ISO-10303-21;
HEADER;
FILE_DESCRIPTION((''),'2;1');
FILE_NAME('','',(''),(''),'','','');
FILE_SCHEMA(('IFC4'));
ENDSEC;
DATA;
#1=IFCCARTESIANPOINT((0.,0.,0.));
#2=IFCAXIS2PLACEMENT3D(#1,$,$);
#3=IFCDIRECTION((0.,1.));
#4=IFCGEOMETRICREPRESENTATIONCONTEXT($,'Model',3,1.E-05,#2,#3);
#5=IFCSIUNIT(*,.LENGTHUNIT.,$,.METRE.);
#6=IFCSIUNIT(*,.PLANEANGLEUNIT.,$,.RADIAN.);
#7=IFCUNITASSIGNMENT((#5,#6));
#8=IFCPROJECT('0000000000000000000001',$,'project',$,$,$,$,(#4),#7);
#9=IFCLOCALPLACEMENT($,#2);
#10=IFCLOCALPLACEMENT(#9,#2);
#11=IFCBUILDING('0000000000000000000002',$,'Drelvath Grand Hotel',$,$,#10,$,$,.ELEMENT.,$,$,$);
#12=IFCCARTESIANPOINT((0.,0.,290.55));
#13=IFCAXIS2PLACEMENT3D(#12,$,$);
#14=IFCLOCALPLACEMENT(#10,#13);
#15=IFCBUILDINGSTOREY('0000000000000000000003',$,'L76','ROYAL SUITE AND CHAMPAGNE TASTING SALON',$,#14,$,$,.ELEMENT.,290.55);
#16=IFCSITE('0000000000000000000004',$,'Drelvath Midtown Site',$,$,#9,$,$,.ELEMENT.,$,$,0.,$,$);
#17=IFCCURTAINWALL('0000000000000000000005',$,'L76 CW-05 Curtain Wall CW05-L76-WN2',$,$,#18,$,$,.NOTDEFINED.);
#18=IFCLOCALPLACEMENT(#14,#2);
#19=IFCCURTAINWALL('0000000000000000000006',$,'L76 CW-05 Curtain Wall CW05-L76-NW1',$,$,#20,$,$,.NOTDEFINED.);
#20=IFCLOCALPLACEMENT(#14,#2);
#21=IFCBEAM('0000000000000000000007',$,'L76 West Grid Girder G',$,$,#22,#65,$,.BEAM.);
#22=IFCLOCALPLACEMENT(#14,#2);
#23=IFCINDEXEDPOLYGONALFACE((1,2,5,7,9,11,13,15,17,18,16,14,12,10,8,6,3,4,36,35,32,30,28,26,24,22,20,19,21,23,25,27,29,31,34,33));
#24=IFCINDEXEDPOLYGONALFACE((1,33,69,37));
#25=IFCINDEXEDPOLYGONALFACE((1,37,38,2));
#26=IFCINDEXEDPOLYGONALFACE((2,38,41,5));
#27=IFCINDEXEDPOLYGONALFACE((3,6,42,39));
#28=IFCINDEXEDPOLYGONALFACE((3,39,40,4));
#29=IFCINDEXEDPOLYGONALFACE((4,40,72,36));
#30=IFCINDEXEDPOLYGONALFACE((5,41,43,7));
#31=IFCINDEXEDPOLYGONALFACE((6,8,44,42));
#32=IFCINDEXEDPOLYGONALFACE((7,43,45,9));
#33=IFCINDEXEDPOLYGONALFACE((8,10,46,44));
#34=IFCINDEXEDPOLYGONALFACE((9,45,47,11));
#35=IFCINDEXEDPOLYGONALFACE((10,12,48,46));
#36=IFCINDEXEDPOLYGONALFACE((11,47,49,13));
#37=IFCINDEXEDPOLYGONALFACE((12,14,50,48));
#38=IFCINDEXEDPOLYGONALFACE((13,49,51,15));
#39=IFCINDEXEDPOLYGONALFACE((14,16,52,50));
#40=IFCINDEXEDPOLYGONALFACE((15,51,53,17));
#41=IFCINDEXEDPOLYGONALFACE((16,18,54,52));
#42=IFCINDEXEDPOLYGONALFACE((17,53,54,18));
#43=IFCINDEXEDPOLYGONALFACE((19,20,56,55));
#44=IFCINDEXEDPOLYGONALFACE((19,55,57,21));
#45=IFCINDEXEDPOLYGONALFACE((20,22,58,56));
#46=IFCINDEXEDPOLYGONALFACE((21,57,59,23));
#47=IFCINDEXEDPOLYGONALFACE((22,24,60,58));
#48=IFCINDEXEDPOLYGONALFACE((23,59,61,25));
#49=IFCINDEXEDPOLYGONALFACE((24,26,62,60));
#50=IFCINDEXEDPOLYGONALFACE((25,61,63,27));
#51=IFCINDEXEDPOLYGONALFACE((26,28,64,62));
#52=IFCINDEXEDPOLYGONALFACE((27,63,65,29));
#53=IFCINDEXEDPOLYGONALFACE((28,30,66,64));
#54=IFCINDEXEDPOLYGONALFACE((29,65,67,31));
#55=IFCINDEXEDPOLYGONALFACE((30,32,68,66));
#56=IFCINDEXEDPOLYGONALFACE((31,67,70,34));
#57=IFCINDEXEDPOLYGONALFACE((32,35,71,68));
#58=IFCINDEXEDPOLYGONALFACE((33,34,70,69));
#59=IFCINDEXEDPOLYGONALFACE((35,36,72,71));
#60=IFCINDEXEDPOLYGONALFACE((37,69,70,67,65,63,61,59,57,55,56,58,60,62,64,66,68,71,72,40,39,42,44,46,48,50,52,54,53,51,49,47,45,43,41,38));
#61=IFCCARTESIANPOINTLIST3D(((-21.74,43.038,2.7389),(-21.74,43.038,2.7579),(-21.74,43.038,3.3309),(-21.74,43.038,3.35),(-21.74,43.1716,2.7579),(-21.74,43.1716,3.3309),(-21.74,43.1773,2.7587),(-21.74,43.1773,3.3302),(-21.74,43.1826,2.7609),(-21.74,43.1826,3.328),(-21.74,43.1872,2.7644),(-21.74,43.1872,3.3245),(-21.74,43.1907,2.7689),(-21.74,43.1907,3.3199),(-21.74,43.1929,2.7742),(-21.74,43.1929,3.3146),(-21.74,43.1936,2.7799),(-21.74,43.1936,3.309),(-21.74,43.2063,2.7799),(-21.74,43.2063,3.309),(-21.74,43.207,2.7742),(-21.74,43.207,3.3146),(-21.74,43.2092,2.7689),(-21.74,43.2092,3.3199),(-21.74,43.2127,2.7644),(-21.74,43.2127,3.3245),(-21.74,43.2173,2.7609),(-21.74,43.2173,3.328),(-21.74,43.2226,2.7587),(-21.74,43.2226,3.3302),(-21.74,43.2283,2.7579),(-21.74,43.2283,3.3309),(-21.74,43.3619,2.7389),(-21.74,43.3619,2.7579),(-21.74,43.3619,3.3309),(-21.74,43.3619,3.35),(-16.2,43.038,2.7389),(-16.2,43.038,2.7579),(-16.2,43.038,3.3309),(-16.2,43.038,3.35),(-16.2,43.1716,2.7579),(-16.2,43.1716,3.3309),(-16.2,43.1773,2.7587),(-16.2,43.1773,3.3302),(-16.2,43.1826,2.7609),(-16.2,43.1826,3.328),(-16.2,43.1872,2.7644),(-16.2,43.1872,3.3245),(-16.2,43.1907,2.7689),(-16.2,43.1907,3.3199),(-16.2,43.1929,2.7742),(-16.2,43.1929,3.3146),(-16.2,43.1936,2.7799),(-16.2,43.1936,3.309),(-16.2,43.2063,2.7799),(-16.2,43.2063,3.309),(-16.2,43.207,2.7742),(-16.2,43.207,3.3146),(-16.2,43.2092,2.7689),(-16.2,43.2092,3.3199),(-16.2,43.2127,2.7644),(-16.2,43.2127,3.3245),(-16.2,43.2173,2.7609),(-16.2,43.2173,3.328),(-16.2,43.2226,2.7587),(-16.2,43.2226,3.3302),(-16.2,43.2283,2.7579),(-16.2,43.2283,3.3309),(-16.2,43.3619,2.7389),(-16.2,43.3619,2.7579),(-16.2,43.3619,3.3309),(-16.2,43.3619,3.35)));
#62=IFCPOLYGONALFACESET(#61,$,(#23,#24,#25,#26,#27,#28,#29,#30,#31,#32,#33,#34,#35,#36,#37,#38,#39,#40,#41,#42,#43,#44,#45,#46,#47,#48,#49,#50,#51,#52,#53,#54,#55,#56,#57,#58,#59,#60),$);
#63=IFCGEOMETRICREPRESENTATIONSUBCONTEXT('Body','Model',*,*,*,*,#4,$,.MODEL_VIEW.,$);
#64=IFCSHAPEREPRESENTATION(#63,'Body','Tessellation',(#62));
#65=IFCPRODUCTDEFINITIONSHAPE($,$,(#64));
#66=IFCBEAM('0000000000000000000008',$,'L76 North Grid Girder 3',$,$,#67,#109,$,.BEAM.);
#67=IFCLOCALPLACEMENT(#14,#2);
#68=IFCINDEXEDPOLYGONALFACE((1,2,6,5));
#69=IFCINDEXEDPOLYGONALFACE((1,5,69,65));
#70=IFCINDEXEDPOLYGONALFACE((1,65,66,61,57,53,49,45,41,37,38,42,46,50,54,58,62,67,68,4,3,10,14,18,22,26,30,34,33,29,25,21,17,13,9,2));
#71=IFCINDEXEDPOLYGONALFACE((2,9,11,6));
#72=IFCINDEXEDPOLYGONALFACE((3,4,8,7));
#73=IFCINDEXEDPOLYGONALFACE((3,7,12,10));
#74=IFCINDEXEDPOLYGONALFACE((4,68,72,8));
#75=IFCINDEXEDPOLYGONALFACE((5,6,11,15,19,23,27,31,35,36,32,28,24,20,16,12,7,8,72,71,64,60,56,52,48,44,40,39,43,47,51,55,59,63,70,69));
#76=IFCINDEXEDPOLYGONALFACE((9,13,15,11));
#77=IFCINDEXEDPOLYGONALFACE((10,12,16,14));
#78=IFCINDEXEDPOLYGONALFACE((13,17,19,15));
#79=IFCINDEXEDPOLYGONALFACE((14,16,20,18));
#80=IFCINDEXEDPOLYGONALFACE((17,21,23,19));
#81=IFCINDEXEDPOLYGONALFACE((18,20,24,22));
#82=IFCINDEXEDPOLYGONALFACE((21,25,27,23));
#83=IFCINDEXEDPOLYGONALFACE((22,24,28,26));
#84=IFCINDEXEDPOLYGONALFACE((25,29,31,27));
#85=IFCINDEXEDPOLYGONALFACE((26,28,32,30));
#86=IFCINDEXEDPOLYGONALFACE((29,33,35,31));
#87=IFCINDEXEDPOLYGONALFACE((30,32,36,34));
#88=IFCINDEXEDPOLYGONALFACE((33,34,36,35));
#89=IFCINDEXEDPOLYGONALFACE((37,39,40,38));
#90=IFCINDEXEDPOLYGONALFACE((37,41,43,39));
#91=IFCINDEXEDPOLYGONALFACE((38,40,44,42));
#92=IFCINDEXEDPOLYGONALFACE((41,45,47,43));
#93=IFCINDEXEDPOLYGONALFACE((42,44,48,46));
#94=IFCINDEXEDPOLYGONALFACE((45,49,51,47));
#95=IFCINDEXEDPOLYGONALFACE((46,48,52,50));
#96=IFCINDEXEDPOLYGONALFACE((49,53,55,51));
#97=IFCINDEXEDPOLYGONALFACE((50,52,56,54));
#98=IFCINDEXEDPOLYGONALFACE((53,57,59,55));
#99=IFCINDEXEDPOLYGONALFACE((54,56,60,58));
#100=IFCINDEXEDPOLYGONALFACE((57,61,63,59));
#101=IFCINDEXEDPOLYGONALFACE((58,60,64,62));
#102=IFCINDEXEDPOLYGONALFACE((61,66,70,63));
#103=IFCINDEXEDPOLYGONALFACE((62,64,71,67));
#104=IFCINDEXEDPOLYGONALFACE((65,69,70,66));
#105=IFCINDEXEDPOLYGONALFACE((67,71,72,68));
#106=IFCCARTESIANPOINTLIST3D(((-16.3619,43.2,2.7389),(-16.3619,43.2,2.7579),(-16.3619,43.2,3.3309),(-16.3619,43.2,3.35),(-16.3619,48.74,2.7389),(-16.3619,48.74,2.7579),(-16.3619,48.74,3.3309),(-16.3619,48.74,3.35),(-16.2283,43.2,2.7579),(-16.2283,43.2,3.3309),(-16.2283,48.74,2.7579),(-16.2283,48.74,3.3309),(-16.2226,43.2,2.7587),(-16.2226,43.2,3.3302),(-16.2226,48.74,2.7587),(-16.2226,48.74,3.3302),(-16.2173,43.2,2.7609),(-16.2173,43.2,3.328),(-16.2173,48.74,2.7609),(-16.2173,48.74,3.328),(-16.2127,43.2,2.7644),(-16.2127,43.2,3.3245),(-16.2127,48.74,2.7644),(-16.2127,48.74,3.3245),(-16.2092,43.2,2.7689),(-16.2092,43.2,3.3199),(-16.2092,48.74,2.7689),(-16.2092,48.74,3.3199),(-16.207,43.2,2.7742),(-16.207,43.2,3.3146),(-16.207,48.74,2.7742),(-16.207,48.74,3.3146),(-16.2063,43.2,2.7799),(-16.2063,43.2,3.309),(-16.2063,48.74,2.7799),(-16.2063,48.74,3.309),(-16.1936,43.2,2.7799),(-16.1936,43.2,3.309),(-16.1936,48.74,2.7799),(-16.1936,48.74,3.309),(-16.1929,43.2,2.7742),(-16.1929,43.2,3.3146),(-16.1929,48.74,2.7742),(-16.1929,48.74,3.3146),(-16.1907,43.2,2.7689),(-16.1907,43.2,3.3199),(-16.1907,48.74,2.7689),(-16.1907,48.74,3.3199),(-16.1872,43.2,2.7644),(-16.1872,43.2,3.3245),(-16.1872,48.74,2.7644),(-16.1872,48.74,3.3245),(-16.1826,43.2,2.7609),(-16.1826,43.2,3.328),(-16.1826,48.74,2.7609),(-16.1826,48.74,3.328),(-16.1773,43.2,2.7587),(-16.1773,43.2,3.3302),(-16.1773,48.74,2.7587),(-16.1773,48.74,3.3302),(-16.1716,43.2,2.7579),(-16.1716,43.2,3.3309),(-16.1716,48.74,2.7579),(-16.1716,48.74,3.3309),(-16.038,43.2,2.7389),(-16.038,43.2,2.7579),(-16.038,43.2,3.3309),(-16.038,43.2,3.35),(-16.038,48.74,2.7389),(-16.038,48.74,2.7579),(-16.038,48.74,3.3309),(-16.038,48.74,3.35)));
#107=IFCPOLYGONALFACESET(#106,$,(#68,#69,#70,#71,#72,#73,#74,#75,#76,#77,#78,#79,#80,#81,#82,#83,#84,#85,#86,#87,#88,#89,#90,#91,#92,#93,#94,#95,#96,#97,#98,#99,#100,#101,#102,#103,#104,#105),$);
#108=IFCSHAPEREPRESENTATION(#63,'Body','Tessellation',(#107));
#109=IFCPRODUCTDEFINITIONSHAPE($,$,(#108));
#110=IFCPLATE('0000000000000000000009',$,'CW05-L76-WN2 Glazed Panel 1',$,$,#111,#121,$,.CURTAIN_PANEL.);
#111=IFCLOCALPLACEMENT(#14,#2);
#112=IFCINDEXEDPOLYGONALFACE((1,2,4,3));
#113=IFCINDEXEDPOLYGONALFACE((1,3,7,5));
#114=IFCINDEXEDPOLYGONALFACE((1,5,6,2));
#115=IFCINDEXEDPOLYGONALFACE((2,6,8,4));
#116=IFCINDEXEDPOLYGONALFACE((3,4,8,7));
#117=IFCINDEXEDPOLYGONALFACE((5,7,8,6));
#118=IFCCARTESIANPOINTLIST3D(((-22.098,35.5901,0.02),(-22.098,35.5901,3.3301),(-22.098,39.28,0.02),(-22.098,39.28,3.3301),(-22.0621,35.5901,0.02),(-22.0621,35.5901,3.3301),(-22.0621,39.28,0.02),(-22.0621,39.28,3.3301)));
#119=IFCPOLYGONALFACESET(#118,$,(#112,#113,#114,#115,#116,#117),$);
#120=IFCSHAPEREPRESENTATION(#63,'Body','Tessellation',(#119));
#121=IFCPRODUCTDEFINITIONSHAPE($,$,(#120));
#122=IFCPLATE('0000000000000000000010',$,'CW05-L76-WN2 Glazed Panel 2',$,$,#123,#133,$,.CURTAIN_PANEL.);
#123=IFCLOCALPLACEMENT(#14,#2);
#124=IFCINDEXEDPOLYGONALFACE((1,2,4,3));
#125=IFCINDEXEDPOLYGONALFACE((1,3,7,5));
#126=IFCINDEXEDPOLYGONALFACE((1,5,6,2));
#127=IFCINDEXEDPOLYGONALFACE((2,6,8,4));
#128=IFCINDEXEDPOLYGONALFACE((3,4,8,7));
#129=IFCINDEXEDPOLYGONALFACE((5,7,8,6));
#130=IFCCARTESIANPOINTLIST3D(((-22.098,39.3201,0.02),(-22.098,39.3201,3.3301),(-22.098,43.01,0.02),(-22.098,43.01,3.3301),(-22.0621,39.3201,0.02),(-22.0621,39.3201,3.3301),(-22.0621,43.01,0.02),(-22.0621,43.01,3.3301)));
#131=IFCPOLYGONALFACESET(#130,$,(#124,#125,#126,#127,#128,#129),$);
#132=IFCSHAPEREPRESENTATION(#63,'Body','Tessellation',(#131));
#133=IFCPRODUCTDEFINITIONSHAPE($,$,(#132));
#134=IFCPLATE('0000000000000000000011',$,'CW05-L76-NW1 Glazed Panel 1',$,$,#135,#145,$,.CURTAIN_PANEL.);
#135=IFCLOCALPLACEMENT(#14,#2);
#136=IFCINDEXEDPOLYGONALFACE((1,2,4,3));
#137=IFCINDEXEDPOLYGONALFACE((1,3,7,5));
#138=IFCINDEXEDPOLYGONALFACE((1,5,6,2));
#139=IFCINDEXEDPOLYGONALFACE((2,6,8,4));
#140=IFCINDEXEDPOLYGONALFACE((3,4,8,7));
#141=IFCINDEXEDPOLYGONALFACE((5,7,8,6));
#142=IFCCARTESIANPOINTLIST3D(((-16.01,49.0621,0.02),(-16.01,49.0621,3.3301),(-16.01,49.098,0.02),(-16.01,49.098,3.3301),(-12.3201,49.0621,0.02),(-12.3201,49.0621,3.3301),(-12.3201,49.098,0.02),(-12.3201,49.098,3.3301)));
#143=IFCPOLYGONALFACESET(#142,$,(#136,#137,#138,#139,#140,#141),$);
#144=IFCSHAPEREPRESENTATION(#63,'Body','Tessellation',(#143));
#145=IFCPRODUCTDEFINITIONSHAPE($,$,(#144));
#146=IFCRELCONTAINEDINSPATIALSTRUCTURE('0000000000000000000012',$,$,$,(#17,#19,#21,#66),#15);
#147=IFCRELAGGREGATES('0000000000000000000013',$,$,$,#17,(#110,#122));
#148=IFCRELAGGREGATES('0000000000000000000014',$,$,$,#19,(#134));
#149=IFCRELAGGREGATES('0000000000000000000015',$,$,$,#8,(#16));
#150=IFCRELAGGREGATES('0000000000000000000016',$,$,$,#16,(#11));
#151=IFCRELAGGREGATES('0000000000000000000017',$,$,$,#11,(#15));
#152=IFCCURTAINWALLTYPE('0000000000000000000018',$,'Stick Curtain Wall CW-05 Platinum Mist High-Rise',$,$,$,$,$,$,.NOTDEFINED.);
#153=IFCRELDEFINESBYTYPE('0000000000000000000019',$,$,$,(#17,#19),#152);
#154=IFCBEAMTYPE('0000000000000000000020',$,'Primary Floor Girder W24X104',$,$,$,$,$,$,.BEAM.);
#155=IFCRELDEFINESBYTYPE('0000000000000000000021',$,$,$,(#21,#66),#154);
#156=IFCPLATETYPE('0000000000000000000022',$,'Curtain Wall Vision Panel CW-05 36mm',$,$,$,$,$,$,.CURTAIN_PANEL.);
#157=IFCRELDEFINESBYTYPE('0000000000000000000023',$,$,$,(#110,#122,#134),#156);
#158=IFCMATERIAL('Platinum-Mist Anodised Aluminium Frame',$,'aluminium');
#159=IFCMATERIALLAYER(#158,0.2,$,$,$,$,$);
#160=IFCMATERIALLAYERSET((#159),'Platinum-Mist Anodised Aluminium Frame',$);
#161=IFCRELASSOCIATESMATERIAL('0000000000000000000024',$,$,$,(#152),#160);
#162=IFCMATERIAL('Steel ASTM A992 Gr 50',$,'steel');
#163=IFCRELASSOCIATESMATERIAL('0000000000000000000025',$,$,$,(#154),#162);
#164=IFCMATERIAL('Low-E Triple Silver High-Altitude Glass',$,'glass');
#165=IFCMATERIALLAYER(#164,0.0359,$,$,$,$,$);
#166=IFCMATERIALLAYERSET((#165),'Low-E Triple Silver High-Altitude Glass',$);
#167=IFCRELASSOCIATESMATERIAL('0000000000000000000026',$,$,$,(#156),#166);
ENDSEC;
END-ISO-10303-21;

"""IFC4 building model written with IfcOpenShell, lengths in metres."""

from ifc_helpers import new_model, si_unit, direction, frame, origin, origin_2d, place, context, subcontext, project, spatial, rectangle, i_section, extrude, material, layer, layer_set, material_profile, profile_set, type_object, element, aggregate, save


model = new_model("IFC4")

# Units and contexts
model_context = context("Model", 3, precision=1e-05, world=origin(), true_north=direction((0.0, 1.0)))
body_context = subcontext(model_context, "Body", "Model", "MODEL_VIEW")
ifc_project = project(units=[si_unit("LENGTHUNIT", "METRE"), si_unit("PLANEANGLEUNIT", "RADIAN")], contexts=[model_context])

# Site, building, storey
site_placement = place(None, origin())
site = spatial("IfcSite", under=ifc_project, at=site_placement, Name="Drelvath Midtown Site", CompositionType="ELEMENT", RefElevation=0.0)
building_placement = place(site_placement, origin())
building = spatial("IfcBuilding", under=site, at=building_placement, Name="Drelvath Grand Hotel", CompositionType="ELEMENT")
storey_placement = place(building_placement, frame((0.0, 0.0, 290.55)))
storey = spatial("IfcBuildingStorey", under=building, at=storey_placement, Name="L76", Description="ROYAL SUITE AND CHAMPAGNE TASTING SALON", CompositionType="ELEMENT", Elevation=290.55)

# Shared definitions
ifc_material_1 = material(Name="Steel ASTM A992 Gr 50", Category="steel")

# Curtain walls
ifc_material_2 = material(Name="Platinum-Mist Anodised Aluminium Frame", Category="aluminium")
ifc_layer_1 = layer(ifc_material_2, 0.2)
ifc_layer_set_1 = layer_set([ifc_layer_1], Name="Platinum-Mist Anodised Aluminium Frame")
curtain_wall_type = type_object("IfcCurtainWallType", Name="Stick Curtain Wall CW-05 Platinum Mist High-Rise", PredefinedType="NOTDEFINED", material=ifc_layer_set_1)
curtain_wall_1_placement = place(storey_placement, origin())
curtain_wall_1 = element("IfcCurtainWall", 1, at=curtain_wall_1_placement, inside=storey, type_object=curtain_wall_type, Name="L76 CW-05 Curtain Wall CW05-L76-WN2", PredefinedType="NOTDEFINED")
curtain_wall_2_placement = place(storey_placement, origin())
curtain_wall_2 = element("IfcCurtainWall", 2, at=curtain_wall_2_placement, inside=storey, type_object=curtain_wall_type, Name="L76 CW-05 Curtain Wall CW05-L76-NW1", PredefinedType="NOTDEFINED")

# Beams
ifc_material_profile_1 = material_profile(ifc_material_1, i_section(OverallWidth=0.324, OverallDepth=0.6111, WebThickness=0.0127, FlangeThickness=0.019, FilletRadius=0.022, at=origin_2d()), Name="W24X104")
ifc_profile_set_1 = profile_set([ifc_material_profile_1], Name="Steel ASTM A992 Gr 50")
beam_type_1 = type_object("IfcBeamType", Name="Primary Floor Girder W24X104", PredefinedType="BEAM", material=ifc_profile_set_1)
for number, where, z_axis, x_axis, name in (
    (3, (-21.74, 43.2, 3.0444), (1.0, 0.0, 0.0), (0.0, 1.0, 0.0), "L76 West Grid Girder G"),
    (4, (-16.2, 43.2, 3.0444), (0.0, 1.0, 0.0), (-1.0, 0.0, 0.0), "L76 North Grid Girder 3"),
):
    element("IfcBeam", number, at=place(storey_placement, frame(where, z_axis=z_axis, x_axis=x_axis)), inside=storey, type_object=beam_type_1, Name=name, PredefinedType="BEAM", context=body_context, shape_type="SweptSolid", body=[
        extrude(i_section(OverallWidth=0.324, OverallDepth=0.6111, WebThickness=0.0127, FlangeThickness=0.019, FilletRadius=0.022, at=origin_2d()), origin(), (0.0, 0.0, 1.0), 5.54),
    ])

# Plates
ifc_material_3 = material(Name="Low-E Triple Silver High-Altitude Glass", Category="glass")
ifc_layer_2 = layer(ifc_material_3, 0.0359)
ifc_layer_set_2 = layer_set([ifc_layer_2], Name="Low-E Triple Silver High-Altitude Glass")
plate_type = type_object("IfcPlateType", Name="Curtain Wall Vision Panel CW-05 36mm", PredefinedType="CURTAIN_PANEL", material=ifc_layer_set_2)
plate_1_placement = place(storey_placement, frame((-22.0801, 37.4351, 0.02), z_axis=(0.0, 0.0, 1.0), x_axis=(0.0, 1.0, 0.0)))
plate_1 = element("IfcPlate", 5, at=plate_1_placement, type_object=plate_type, Name="CW05-L76-WN2 Glazed Panel 1", PredefinedType="CURTAIN_PANEL", context=body_context, shape_type="SweptSolid", body=[
    extrude(rectangle(XDim=3.6899, YDim=0.0359, at=origin_2d()), origin(), (0.0, 0.0, 1.0), 3.3101),
])
plate_2_placement = place(storey_placement, frame((-22.0801, 41.165, 0.02), z_axis=(0.0, 0.0, 1.0), x_axis=(0.0, 1.0, 0.0)))
plate_2 = element("IfcPlate", 6, at=plate_2_placement, type_object=plate_type, Name="CW05-L76-WN2 Glazed Panel 2", PredefinedType="CURTAIN_PANEL", context=body_context, shape_type="SweptSolid", body=[
    extrude(rectangle(XDim=3.6899, YDim=0.0359, at=origin_2d()), origin(), (0.0, 0.0, 1.0), 3.3101),
])
aggregate(curtain_wall_1, [plate_1, plate_2])
plate_3_placement = place(storey_placement, frame((-14.165, 49.0801, 0.02), z_axis=(0.0, 0.0, 1.0), x_axis=(1.0, 0.0, 0.0)))
plate_3 = element("IfcPlate", 7, at=plate_3_placement, type_object=plate_type, Name="CW05-L76-NW1 Glazed Panel 1", PredefinedType="CURTAIN_PANEL", context=body_context, shape_type="SweptSolid", body=[
    extrude(rectangle(XDim=3.6899, YDim=0.0359, at=origin_2d()), origin(), (0.0, 0.0, 1.0), 3.3101),
])
aggregate(curtain_wall_2, [plate_3])

save(model, "model.ifc")
